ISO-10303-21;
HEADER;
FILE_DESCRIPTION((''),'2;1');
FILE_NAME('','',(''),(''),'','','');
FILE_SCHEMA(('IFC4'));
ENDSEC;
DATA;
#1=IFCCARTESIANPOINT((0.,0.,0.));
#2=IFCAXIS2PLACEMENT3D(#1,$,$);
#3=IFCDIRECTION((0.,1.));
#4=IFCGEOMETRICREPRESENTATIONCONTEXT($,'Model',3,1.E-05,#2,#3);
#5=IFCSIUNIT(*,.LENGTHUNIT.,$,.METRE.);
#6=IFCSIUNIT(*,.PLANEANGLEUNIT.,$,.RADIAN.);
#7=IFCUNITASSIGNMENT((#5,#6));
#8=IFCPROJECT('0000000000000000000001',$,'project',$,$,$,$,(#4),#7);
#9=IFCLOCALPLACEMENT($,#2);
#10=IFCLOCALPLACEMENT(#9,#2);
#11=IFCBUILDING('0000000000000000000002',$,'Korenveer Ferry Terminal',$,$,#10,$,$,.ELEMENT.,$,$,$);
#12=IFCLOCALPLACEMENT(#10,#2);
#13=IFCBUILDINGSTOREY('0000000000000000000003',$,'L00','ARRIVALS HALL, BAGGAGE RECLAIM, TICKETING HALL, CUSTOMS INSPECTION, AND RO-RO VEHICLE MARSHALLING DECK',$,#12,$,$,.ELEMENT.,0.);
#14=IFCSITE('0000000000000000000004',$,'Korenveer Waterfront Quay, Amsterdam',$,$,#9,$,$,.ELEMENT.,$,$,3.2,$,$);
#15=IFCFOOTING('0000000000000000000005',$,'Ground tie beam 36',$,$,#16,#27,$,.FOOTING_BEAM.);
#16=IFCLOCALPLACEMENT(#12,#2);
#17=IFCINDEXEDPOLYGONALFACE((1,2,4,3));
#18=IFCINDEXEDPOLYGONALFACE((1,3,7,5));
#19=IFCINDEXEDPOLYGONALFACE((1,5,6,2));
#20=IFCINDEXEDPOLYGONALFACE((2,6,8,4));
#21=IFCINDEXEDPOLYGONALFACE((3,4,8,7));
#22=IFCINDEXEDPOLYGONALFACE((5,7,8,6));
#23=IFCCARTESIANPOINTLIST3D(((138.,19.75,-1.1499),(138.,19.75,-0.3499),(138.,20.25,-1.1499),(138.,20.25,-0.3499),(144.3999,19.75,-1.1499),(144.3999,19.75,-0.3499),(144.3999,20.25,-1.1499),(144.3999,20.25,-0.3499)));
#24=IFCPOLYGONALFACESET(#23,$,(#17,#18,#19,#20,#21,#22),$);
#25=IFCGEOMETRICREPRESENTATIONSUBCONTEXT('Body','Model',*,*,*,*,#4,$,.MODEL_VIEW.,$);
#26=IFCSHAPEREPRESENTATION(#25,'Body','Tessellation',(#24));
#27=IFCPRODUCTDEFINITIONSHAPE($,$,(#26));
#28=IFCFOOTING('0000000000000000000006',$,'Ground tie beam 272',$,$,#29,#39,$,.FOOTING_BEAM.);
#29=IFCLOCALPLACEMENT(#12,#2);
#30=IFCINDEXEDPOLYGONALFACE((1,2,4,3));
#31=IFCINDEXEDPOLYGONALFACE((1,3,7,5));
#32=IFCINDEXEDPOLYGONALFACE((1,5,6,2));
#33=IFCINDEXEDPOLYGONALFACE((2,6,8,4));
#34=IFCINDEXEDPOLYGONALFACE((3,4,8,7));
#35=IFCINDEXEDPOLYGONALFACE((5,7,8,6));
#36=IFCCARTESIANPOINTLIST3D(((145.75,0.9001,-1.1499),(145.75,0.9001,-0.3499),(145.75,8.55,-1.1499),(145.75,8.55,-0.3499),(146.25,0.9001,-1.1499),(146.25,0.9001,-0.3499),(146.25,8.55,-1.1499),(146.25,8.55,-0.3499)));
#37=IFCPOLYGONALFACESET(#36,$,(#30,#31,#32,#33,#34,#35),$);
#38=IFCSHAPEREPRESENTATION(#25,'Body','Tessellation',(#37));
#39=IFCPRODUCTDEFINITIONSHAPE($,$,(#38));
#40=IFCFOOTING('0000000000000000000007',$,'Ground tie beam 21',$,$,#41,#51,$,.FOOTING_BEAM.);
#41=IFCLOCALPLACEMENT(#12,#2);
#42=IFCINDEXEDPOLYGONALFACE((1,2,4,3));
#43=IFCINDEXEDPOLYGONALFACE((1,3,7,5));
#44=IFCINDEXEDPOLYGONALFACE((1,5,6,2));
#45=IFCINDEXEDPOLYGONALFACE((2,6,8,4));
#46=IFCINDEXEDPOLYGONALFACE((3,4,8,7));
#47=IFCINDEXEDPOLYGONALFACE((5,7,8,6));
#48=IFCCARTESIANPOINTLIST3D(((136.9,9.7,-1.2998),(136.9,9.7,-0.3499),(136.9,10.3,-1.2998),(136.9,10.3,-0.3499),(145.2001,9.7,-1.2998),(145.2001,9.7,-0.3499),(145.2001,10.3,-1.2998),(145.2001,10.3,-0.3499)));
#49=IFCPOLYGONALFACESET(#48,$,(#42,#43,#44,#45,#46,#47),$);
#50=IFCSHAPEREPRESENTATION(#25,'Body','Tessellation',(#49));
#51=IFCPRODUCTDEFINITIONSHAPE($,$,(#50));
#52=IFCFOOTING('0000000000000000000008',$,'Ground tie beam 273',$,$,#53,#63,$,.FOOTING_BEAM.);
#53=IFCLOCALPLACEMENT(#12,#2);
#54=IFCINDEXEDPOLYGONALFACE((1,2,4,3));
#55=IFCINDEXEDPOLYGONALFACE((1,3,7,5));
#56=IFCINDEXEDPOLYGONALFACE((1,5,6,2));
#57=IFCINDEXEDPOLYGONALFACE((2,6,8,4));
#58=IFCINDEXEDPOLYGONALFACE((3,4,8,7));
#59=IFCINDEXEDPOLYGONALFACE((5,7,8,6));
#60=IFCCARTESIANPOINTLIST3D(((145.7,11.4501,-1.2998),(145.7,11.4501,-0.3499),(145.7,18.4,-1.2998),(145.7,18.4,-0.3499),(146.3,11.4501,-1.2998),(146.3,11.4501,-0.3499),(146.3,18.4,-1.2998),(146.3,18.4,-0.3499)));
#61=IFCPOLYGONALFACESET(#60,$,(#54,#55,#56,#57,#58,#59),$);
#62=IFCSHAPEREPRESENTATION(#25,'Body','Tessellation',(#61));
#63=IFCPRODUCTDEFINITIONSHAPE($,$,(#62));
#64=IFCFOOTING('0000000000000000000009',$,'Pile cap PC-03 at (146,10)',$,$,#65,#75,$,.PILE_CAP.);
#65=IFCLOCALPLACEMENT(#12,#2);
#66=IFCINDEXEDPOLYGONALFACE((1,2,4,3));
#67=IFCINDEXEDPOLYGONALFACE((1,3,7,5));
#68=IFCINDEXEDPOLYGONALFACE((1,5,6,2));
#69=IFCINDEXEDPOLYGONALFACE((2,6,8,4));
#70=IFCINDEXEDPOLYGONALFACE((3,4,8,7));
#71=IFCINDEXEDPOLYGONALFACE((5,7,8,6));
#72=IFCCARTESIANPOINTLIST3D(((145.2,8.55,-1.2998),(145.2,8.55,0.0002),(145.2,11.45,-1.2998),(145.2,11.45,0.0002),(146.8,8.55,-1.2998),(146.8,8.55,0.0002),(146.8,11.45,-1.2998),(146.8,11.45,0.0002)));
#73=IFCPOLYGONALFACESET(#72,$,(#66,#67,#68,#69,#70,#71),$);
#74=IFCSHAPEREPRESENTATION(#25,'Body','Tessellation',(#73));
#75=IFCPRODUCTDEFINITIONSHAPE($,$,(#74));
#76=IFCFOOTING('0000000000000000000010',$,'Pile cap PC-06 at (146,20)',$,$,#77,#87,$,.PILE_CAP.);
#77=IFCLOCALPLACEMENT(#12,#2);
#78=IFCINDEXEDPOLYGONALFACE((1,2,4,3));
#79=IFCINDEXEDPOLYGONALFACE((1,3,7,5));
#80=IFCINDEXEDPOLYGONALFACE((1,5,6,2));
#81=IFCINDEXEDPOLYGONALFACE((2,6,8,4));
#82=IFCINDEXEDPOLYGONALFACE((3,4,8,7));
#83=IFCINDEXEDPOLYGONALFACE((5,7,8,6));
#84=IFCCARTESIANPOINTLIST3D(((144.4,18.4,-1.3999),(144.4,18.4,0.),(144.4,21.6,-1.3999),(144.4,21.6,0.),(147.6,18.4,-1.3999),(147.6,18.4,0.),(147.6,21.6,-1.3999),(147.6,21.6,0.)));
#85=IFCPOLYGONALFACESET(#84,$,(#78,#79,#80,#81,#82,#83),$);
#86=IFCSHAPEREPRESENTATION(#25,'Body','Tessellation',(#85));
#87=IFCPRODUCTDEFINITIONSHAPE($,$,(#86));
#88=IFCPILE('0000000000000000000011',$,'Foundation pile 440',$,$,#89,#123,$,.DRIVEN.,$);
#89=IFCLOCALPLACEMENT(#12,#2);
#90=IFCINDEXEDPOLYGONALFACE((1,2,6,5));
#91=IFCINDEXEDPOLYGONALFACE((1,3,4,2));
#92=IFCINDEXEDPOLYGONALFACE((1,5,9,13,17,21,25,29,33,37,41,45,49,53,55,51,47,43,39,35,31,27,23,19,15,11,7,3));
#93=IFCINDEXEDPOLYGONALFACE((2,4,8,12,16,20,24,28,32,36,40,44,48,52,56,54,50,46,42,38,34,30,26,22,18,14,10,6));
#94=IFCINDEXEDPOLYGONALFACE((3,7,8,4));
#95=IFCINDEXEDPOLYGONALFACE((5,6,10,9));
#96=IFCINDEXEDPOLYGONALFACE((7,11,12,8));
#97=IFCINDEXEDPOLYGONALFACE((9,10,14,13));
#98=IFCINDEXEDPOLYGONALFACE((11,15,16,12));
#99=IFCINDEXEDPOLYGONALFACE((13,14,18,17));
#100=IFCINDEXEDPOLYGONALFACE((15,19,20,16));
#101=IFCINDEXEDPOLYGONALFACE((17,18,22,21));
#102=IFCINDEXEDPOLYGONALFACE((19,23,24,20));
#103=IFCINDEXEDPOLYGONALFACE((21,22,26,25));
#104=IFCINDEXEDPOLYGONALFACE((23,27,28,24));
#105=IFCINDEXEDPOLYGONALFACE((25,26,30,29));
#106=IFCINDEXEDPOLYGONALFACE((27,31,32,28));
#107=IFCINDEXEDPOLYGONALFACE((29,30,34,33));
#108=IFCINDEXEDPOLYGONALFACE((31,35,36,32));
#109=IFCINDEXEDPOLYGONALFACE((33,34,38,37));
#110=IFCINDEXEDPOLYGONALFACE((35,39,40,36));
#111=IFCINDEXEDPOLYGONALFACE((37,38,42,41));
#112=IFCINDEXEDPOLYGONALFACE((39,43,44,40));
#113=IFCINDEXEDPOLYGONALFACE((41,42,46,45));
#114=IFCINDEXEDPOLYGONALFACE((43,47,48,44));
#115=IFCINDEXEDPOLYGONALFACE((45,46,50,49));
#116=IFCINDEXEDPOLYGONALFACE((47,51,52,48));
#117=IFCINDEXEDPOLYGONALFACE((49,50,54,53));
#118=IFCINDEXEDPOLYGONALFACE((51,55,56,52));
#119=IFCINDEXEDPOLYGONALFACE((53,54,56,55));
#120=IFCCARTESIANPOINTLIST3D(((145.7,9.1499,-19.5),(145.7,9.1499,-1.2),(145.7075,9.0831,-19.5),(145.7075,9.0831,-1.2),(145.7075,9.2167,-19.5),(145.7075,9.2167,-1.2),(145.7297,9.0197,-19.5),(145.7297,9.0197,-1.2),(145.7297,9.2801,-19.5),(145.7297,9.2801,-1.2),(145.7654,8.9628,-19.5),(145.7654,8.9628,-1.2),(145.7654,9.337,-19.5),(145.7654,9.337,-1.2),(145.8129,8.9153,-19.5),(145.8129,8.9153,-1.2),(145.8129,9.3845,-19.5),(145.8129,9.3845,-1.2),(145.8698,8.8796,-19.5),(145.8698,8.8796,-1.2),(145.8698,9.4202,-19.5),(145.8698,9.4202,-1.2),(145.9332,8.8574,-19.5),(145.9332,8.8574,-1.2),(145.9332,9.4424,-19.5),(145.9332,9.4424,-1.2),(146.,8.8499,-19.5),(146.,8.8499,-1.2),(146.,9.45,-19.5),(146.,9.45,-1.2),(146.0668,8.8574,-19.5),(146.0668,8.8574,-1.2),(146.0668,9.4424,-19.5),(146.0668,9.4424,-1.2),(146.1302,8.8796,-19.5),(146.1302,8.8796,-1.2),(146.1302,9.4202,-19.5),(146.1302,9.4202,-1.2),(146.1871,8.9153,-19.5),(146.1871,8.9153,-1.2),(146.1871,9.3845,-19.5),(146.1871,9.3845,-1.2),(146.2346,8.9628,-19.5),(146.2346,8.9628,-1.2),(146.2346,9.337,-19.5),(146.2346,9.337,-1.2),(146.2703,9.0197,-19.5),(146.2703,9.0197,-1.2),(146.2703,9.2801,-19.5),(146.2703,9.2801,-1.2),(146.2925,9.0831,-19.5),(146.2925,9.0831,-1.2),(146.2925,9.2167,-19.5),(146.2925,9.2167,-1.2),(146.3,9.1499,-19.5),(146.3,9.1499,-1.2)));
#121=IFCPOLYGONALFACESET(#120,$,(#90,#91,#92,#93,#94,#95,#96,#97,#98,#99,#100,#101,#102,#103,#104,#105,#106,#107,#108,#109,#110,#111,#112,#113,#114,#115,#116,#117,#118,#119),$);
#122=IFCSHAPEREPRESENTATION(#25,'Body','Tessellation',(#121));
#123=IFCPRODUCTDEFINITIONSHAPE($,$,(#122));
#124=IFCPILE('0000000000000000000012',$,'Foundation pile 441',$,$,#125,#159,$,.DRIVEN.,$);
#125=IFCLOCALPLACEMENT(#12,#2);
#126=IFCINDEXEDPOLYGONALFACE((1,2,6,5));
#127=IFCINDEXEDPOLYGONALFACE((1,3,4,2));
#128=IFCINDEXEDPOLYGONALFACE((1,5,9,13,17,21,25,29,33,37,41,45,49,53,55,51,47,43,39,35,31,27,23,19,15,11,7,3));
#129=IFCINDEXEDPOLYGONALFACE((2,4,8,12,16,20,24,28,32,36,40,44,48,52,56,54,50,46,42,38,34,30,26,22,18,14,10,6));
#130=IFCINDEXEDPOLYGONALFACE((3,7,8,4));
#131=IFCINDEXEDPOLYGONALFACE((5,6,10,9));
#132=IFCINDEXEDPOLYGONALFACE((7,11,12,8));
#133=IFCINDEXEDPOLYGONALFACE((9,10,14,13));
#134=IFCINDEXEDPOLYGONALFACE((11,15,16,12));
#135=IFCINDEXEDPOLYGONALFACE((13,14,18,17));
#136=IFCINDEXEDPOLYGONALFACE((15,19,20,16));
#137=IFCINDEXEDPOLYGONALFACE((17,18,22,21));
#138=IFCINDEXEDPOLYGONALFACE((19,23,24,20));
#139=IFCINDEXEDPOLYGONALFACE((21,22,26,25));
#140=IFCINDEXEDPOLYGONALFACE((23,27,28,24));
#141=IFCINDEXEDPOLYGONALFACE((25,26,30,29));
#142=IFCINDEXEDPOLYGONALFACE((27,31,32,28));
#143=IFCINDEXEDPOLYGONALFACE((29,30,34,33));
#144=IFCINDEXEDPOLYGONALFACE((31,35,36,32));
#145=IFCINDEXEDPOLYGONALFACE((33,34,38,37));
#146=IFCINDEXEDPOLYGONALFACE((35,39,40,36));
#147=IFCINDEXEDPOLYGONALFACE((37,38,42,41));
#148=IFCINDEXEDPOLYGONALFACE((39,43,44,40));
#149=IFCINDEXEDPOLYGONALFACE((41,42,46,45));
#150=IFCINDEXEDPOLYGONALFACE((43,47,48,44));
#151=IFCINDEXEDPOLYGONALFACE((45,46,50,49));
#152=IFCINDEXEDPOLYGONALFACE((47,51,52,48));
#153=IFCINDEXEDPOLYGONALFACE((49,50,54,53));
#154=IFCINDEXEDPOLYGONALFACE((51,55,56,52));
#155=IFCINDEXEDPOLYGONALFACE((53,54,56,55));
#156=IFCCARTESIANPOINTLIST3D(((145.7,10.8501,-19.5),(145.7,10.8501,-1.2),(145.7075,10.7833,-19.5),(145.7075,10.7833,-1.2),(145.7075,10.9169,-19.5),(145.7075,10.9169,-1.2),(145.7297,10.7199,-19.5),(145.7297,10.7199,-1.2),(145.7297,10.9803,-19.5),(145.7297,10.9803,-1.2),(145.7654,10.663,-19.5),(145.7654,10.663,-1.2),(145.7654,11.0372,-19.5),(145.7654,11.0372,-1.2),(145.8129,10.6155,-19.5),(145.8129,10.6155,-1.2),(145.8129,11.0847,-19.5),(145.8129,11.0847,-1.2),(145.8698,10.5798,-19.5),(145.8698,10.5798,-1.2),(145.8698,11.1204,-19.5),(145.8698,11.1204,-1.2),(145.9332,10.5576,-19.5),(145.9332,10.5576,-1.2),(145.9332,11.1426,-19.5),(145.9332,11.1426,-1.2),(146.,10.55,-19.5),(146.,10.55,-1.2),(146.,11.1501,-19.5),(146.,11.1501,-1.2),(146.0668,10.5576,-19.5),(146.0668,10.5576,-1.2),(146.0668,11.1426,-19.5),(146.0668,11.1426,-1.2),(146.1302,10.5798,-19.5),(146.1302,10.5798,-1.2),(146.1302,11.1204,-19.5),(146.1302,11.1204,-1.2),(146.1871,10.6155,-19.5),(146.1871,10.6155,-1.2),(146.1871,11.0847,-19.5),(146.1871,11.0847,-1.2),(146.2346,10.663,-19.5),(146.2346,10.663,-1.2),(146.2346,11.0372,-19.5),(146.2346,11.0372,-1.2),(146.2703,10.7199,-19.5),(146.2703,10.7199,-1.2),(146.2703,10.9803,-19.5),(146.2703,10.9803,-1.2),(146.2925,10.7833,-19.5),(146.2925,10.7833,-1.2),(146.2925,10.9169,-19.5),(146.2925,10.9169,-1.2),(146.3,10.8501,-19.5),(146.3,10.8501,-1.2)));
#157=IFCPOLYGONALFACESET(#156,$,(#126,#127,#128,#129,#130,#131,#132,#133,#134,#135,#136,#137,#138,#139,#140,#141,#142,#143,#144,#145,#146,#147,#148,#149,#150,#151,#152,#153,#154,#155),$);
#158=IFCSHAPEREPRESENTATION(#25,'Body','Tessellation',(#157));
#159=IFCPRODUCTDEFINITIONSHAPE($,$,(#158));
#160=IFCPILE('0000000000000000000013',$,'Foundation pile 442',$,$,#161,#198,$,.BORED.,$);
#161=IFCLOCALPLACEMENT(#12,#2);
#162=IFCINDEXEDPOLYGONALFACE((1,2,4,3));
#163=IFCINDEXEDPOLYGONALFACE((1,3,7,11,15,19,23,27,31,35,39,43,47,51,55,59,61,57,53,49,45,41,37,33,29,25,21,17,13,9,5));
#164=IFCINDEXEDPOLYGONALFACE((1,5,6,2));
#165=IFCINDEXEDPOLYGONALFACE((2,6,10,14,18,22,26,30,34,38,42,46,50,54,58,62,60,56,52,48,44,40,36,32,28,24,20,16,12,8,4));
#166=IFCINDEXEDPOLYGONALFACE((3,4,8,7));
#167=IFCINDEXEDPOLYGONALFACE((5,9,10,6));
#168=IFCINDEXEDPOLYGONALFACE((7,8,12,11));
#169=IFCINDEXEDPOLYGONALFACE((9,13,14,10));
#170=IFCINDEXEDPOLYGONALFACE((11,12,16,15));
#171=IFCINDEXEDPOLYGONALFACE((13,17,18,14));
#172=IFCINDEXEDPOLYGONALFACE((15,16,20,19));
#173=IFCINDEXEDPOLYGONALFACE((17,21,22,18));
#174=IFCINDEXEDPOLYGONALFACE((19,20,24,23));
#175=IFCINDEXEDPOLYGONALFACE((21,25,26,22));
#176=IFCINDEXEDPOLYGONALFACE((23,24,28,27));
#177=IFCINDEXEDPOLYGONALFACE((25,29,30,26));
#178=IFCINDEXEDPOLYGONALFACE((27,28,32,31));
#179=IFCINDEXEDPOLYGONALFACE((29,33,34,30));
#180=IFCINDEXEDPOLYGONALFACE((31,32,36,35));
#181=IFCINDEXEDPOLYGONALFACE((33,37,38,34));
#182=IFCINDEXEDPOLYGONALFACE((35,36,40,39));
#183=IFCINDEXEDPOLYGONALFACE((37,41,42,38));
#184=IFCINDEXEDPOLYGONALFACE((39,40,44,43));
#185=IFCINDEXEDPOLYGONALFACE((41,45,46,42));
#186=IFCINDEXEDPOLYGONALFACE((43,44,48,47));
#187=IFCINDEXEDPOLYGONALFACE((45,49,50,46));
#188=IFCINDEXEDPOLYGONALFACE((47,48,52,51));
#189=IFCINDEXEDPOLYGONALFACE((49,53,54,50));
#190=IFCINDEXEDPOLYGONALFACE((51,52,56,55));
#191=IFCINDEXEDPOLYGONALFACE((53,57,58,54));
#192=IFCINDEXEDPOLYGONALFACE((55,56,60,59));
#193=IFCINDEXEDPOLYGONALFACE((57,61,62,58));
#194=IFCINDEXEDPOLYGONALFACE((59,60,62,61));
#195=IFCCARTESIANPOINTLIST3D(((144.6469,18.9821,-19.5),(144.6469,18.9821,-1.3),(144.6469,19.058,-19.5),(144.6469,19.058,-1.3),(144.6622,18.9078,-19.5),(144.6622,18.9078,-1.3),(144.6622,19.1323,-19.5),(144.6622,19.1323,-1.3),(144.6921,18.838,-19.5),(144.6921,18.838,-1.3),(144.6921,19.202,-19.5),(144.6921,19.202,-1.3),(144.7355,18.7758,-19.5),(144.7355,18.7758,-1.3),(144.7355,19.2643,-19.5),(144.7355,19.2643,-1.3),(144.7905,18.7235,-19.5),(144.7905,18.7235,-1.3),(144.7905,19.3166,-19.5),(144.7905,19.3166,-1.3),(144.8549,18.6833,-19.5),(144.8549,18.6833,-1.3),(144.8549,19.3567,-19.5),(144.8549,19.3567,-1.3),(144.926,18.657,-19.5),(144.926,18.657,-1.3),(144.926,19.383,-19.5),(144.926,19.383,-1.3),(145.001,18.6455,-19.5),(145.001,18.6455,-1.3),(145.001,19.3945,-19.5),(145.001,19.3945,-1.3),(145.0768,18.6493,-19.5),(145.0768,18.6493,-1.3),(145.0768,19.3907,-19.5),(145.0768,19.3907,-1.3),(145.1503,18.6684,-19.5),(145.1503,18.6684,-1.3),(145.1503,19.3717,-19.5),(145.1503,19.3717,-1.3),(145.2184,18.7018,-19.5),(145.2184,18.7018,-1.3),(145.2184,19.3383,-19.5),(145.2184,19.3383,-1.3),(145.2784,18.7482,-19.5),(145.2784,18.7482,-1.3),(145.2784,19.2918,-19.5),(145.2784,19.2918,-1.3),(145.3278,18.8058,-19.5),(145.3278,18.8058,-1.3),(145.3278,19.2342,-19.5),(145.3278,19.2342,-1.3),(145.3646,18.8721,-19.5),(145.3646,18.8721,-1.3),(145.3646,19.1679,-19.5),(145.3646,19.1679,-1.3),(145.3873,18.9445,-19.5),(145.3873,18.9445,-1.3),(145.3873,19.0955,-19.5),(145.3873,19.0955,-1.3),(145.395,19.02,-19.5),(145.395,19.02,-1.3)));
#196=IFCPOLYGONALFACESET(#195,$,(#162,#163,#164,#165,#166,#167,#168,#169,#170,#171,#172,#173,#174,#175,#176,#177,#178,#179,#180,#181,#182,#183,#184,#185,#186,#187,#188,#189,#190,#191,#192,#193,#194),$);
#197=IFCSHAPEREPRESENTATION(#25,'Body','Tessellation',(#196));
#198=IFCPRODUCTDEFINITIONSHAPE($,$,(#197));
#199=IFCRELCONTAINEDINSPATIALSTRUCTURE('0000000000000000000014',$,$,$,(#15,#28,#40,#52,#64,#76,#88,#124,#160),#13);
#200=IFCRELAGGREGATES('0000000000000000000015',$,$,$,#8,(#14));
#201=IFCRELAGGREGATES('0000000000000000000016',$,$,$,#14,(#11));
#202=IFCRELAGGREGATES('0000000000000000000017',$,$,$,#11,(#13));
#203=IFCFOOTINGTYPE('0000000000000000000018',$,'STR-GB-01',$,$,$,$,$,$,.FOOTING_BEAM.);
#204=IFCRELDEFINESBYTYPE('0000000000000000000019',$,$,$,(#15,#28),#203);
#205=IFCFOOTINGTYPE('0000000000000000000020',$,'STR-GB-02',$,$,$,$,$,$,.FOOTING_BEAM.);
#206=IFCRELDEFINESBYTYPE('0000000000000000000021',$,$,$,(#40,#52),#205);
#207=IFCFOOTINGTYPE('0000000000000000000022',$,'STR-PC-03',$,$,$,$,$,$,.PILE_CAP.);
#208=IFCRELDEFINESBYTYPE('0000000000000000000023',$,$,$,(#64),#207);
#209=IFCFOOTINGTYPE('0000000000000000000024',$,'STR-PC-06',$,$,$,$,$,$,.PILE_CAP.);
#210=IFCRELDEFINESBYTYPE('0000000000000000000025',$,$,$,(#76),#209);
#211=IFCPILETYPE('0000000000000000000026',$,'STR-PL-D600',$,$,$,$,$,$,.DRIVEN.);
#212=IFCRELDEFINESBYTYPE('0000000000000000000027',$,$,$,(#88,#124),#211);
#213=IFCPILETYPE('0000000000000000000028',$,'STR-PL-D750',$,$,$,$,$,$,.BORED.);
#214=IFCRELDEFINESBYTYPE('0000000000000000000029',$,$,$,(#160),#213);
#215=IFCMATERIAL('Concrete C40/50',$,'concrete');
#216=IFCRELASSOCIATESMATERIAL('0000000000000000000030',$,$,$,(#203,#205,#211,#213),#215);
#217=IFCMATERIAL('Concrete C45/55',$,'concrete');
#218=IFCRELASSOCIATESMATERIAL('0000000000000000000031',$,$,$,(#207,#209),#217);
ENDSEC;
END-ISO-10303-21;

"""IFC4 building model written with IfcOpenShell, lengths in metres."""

from ifc_helpers import new_model, si_unit, direction, frame, origin, origin_2d, place, context, subcontext, project, spatial, rectangle, circle, extrude, material, material_profile, profile_set, type_object, element, save


model = new_model("IFC4")

# Units and contexts
model_context = context("Model", 3, precision=1e-05, world=origin(), true_north=direction((0.0, 1.0)))
body_context = subcontext(model_context, "Body", "Model", "MODEL_VIEW")
ifc_project = project(units=[si_unit("LENGTHUNIT", "METRE"), si_unit("PLANEANGLEUNIT", "RADIAN")], contexts=[model_context])

# Site, building, storey
site_placement = place(None, origin())
site = spatial("IfcSite", under=ifc_project, at=site_placement, Name="Korenveer Waterfront Quay, Amsterdam", CompositionType="ELEMENT", RefElevation=3.2)
building_placement = place(site_placement, origin())
building = spatial("IfcBuilding", under=site, at=building_placement, Name="Korenveer Ferry Terminal", CompositionType="ELEMENT")
storey_placement = place(building_placement, origin())
storey = spatial("IfcBuildingStorey", under=building, at=storey_placement, Name="L00", Description="ARRIVALS HALL, BAGGAGE RECLAIM, TICKETING HALL, CUSTOMS INSPECTION, AND RO-RO VEHICLE MARSHALLING DECK", CompositionType="ELEMENT", Elevation=0.0)

# Footings
ifc_material_1 = material(Name="Concrete C40/50", Category="concrete")
footing_type_1 = type_object("IfcFootingType", Name="STR-GB-01", PredefinedType="FOOTING_BEAM", material=ifc_material_1)
footing_1_placement = place(storey_placement, frame((141.2, 20.0, -1.1499), z_axis=(0.0, 0.0, 1.0), x_axis=(1.0, 0.0, 0.0)))
element("IfcFooting", 1, at=footing_1_placement, inside=storey, type_object=footing_type_1, Name="Ground tie beam 36", PredefinedType="FOOTING_BEAM", context=body_context, shape_type="SweptSolid", body=[
    extrude(rectangle(XDim=6.3999, YDim=0.5, at=origin_2d()), origin(), (0.0, 0.0, 1.0), 0.8),
])
footing_2_placement = place(storey_placement, frame((146.0, 4.7251, -1.1499), z_axis=(0.0, 0.0, 1.0), x_axis=(1.0, 0.0, 0.0)))
element("IfcFooting", 2, at=footing_2_placement, inside=storey, type_object=footing_type_1, Name="Ground tie beam 272", PredefinedType="FOOTING_BEAM", context=body_context, shape_type="SweptSolid", body=[
    extrude(rectangle(XDim=0.5, YDim=7.6499, at=origin_2d()), origin(), (0.0, 0.0, 1.0), 0.8),
])
footing_type_2 = type_object("IfcFootingType", Name="STR-GB-02", PredefinedType="FOOTING_BEAM", material=ifc_material_1)
footing_3_placement = place(storey_placement, frame((141.05, 10.0, -1.2998), z_axis=(0.0, 0.0, 1.0), x_axis=(1.0, 0.0, 0.0)))
element("IfcFooting", 3, at=footing_3_placement, inside=storey, type_object=footing_type_2, Name="Ground tie beam 21", PredefinedType="FOOTING_BEAM", context=body_context, shape_type="SweptSolid", body=[
    extrude(rectangle(XDim=8.3, YDim=0.6001, at=origin_2d()), origin(), (0.0, 0.0, 1.0), 0.95),
])
footing_4_placement = place(storey_placement, frame((146.0, 14.925, -1.2998), z_axis=(0.0, 0.0, 1.0), x_axis=(1.0, 0.0, 0.0)))
element("IfcFooting", 4, at=footing_4_placement, inside=storey, type_object=footing_type_2, Name="Ground tie beam 273", PredefinedType="FOOTING_BEAM", context=body_context, shape_type="SweptSolid", body=[
    extrude(rectangle(XDim=0.6001, YDim=6.95, at=origin_2d()), origin(), (0.0, 0.0, 1.0), 0.95),
])
ifc_material_2 = material(Name="Concrete C45/55", Category="concrete")
footing_type_3 = type_object("IfcFootingType", Name="STR-PC-03", PredefinedType="PILE_CAP", material=ifc_material_2)
footing_5_placement = place(storey_placement, frame((146.0, 10.0, -1.2998), z_axis=(0.0, 0.0, 1.0), x_axis=(1.0, 0.0, 0.0)))
element("IfcFooting", 5, at=footing_5_placement, inside=storey, type_object=footing_type_3, Name="Pile cap PC-03 at (146,10)", PredefinedType="PILE_CAP", context=body_context, shape_type="SweptSolid", body=[
    extrude(rectangle(XDim=1.6001, YDim=2.8999, at=origin_2d()), origin(), (0.0, 0.0, 1.0), 1.3),
])
footing_type_4 = type_object("IfcFootingType", Name="STR-PC-06", PredefinedType="PILE_CAP", material=ifc_material_2)
footing_6_placement = place(storey_placement, frame((146.0, 20.0, -1.3999), z_axis=(0.0, 0.0, 1.0), x_axis=(1.0, 0.0, 0.0)))
element("IfcFooting", 6, at=footing_6_placement, inside=storey, type_object=footing_type_4, Name="Pile cap PC-06 at (146,20)", PredefinedType="PILE_CAP", context=body_context, shape_type="SweptSolid", body=[
    extrude(rectangle(XDim=3.2, YDim=3.2, at=origin_2d()), origin(), (0.0, 0.0, 1.0), 1.3999),
])

# Piles
ifc_material_profile_1 = material_profile(ifc_material_1, circle(Radius=0.3, at=origin_2d()), Name="PILE D600")
ifc_profile_set_1 = profile_set([ifc_material_profile_1], Name="Concrete C40/50")
pile_type_1 = type_object("IfcPileType", Name="STR-PL-D600", PredefinedType="DRIVEN", material=ifc_profile_set_1)
for number, where, z_axis, x_axis, name in (
    (7, (146.0, 9.1499, -1.2), (0.0, 0.0, -1.0), (1.0, 0.0, 0.0), "Foundation pile 440"),
    (8, (146.0, 10.8501, -1.2), (0.0, 0.0, -1.0), (1.0, 0.0, 0.0), "Foundation pile 441"),
):
    element("IfcPile", number, at=place(storey_placement, frame(where, z_axis=z_axis, x_axis=x_axis)), inside=storey, type_object=pile_type_1, Name=name, PredefinedType="DRIVEN", context=body_context, shape_type="SweptSolid", body=[
        extrude(circle(Radius=0.3, at=origin_2d()), origin(), (0.0, 0.0, 1.0), 18.3),
    ])
ifc_material_profile_2 = material_profile(ifc_material_1, circle(Radius=0.375, at=origin_2d()), Name="PILE D750")
ifc_profile_set_2 = profile_set([ifc_material_profile_2], Name="Concrete C40/50")
pile_type_2 = type_object("IfcPileType", Name="STR-PL-D750", PredefinedType="BORED", material=ifc_profile_set_2)
pile_placement = place(storey_placement, frame((145.02, 19.02, -1.3), z_axis=(0.0, 0.0, -1.0), x_axis=(1.0, 0.0, 0.0)))
element("IfcPile", 9, at=pile_placement, inside=storey, type_object=pile_type_2, Name="Foundation pile 442", PredefinedType="BORED", context=body_context, shape_type="SweptSolid", body=[
    extrude(circle(Radius=0.375, at=origin_2d()), origin(), (0.0, 0.0, 1.0), 18.2),
])

save(model, "model.ifc")
